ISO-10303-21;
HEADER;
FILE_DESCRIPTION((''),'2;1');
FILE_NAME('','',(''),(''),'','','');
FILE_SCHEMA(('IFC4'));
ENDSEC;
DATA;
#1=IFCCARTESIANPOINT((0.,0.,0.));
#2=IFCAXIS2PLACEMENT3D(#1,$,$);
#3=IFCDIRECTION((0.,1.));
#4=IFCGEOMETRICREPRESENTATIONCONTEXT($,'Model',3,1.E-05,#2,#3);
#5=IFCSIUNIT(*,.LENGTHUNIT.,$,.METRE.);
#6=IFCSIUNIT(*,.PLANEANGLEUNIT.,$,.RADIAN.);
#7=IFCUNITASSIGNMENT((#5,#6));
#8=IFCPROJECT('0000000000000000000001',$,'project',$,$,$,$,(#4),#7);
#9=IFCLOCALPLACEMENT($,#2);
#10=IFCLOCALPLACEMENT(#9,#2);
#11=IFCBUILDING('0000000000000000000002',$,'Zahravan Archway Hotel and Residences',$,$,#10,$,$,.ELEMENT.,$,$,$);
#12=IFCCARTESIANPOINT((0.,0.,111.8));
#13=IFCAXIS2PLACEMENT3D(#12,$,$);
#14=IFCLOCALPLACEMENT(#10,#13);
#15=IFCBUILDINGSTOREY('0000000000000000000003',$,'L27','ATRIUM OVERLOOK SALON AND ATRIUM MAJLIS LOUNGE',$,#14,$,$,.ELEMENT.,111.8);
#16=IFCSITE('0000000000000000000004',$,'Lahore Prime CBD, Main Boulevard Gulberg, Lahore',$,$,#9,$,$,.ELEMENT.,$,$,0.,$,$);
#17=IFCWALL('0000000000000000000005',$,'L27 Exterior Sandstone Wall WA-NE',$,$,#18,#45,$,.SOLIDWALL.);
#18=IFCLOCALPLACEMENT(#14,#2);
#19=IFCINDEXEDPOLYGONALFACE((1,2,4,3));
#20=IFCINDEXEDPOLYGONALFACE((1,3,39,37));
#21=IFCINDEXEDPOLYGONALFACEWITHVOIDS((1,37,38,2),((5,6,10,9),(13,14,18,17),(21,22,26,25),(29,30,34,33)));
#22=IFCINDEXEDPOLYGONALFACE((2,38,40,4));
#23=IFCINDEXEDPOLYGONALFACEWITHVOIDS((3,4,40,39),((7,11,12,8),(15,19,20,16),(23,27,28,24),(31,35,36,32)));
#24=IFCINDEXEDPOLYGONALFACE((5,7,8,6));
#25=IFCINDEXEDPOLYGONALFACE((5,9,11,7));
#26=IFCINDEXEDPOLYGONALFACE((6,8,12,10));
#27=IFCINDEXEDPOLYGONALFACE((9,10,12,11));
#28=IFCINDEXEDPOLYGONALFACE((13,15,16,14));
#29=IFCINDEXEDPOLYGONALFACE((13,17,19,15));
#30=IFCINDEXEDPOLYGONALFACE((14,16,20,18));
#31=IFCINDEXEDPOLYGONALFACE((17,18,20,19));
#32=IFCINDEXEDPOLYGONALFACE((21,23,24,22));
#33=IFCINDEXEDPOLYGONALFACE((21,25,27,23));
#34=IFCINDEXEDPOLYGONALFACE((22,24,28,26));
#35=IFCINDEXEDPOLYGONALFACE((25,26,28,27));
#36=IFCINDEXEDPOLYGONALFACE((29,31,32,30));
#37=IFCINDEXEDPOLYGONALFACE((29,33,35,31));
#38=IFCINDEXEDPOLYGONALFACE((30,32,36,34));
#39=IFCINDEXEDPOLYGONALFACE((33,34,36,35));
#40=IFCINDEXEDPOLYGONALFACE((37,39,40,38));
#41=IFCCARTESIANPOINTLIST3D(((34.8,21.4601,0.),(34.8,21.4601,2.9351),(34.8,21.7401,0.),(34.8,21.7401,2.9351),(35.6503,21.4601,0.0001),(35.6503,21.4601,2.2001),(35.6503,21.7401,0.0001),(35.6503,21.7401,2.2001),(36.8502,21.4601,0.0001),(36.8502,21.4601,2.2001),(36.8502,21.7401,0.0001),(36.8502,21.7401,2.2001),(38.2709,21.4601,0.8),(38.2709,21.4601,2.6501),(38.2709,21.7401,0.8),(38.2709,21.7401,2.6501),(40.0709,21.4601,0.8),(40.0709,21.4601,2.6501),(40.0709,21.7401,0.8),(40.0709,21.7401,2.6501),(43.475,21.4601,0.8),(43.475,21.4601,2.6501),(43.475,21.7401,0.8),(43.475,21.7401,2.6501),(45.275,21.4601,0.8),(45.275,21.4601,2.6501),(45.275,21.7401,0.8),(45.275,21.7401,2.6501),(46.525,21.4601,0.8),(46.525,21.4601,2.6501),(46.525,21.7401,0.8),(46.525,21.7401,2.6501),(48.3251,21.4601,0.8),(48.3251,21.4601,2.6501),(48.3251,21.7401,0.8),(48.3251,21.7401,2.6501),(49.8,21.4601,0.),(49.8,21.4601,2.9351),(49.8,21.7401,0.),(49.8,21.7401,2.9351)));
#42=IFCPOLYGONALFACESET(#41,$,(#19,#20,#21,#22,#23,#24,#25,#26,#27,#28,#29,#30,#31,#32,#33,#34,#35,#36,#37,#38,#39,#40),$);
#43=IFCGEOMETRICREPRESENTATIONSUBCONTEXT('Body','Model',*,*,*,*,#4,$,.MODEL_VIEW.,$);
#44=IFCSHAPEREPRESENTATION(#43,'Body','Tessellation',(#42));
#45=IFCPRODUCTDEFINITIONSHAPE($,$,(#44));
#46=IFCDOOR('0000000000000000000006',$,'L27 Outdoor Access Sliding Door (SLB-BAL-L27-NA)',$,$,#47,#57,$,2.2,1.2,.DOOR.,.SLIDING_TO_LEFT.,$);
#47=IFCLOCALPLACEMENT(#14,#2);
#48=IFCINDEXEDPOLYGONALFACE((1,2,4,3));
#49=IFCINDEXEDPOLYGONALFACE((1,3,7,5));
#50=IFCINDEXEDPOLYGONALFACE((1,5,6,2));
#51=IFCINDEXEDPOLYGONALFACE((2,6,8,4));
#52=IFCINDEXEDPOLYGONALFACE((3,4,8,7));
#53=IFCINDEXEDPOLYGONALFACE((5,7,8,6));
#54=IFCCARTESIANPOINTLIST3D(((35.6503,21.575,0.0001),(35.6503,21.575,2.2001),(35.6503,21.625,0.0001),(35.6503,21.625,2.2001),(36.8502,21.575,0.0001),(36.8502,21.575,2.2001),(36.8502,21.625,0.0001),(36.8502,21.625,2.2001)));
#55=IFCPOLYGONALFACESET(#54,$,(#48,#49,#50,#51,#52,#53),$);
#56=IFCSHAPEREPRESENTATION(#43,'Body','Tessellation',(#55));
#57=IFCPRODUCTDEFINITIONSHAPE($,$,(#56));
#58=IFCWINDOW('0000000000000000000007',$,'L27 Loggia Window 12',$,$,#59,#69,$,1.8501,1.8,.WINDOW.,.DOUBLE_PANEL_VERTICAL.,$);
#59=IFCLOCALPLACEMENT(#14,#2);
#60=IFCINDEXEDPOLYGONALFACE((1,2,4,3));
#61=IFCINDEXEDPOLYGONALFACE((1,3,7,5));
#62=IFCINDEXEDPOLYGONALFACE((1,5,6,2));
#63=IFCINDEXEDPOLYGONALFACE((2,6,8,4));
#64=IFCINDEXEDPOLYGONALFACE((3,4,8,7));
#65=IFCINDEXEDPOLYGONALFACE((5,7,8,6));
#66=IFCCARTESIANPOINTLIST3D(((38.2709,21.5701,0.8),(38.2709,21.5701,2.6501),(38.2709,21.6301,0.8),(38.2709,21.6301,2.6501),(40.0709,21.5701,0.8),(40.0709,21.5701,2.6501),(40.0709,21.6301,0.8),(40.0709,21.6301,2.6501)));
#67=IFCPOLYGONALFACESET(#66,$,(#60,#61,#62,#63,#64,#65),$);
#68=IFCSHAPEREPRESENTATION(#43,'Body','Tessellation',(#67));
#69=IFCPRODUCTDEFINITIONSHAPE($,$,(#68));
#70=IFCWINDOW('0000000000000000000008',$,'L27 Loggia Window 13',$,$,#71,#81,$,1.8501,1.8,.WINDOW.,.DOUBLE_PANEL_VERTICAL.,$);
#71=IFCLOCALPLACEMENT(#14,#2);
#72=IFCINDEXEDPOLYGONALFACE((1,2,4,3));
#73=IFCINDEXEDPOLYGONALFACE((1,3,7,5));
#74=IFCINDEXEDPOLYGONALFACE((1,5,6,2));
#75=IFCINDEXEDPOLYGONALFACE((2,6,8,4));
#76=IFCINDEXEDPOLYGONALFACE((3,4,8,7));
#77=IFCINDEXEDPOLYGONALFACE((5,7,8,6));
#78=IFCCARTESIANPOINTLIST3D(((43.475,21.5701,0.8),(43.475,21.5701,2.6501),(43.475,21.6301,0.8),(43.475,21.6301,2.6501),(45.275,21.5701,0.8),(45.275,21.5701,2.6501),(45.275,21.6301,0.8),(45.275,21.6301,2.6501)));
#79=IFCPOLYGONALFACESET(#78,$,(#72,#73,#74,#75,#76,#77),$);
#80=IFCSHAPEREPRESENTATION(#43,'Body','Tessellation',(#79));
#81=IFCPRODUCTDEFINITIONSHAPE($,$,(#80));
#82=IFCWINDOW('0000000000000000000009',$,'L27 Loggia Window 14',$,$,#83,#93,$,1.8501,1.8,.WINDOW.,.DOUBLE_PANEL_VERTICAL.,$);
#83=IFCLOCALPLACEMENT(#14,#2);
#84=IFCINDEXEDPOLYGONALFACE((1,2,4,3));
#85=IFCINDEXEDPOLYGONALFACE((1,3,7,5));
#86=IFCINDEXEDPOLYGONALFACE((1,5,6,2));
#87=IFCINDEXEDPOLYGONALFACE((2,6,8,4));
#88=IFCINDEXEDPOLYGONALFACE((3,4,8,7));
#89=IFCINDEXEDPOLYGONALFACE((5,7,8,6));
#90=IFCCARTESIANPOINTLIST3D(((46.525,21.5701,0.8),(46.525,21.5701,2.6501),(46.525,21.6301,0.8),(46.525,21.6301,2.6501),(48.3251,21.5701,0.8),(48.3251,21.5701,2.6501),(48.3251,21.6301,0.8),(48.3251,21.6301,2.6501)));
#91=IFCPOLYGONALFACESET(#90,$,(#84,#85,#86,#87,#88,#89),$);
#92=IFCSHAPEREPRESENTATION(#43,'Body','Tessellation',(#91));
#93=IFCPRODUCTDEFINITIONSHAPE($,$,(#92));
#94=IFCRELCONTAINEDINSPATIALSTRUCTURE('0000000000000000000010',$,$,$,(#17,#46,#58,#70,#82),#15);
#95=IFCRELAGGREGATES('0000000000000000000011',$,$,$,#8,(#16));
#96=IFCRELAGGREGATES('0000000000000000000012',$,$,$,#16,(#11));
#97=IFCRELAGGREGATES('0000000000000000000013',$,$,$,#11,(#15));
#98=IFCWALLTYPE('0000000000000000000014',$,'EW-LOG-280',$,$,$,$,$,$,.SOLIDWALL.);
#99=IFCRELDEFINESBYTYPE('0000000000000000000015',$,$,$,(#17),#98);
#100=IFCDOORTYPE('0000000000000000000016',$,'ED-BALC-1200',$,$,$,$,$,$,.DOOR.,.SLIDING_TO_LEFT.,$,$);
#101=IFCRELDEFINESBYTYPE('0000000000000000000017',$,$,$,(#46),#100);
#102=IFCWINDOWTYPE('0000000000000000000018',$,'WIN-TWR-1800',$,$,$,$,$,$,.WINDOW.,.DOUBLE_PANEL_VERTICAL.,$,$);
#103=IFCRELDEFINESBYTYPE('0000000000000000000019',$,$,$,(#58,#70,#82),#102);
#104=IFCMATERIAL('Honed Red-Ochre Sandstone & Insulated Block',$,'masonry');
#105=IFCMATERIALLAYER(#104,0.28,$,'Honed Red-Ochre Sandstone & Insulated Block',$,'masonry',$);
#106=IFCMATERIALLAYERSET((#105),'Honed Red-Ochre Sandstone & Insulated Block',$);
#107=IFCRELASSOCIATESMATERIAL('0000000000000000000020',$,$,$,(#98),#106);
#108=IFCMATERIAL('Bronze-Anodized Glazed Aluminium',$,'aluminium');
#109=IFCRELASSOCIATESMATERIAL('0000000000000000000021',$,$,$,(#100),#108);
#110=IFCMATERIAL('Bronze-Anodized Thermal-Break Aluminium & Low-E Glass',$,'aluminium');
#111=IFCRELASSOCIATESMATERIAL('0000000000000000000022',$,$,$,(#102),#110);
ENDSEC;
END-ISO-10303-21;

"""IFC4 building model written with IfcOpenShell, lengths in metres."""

from ifc_helpers import new_model, si_unit, direction, frame, frame_2d, origin, place, context, subcontext, project, spatial, rectangle, extrude, source, transform, mapped, material, layer, layer_set, type_object, type_shapes, element, fill, save


model = new_model("IFC4")

# Units and contexts
model_context = context("Model", 3, precision=1e-05, world=origin(), true_north=direction((0.0, 1.0)))
body_context = subcontext(model_context, "Body", "Model", "MODEL_VIEW")
ifc_project = project(units=[si_unit("LENGTHUNIT", "METRE"), si_unit("PLANEANGLEUNIT", "RADIAN")], contexts=[model_context])

# Site, building, storey
site_placement = place(None, origin())
site = spatial("IfcSite", under=ifc_project, at=site_placement, Name="Lahore Prime CBD, Main Boulevard Gulberg, Lahore", CompositionType="ELEMENT", RefElevation=0.0)
building_placement = place(site_placement, origin())
building = spatial("IfcBuilding", under=site, at=building_placement, Name="Zahravan Archway Hotel and Residences", CompositionType="ELEMENT")
storey_placement = place(building_placement, frame((0.0, 0.0, 111.8)))
storey = spatial("IfcBuildingStorey", under=building, at=storey_placement, Name="L27", Description="ATRIUM OVERLOOK SALON AND ATRIUM MAJLIS LOUNGE", CompositionType="ELEMENT", Elevation=111.8)

# Wall, openings, door, windows
ifc_material_1 = material(Name="Honed Red-Ochre Sandstone & Insulated Block", Category="masonry")
ifc_layer_1 = layer(ifc_material_1, 0.28, Name="Honed Red-Ochre Sandstone & Insulated Block", Category="masonry")
ifc_layer_set_1 = layer_set([ifc_layer_1], Name="Honed Red-Ochre Sandstone & Insulated Block")
wall_type_1 = type_object("IfcWallType", Name="EW-LOG-280", PredefinedType="SOLIDWALL", material=ifc_layer_set_1)
wall_1_placement = place(storey_placement, frame((34.8, 21.6001, 0.0), z_axis=(0.0, 0.0, 1.0), x_axis=(1.0, 0.0, 0.0)))
wall_1 = element("IfcWall", 1, at=wall_1_placement, inside=storey, type_object=wall_type_1, Name="L27 Exterior Sandstone Wall WA-NE", PredefinedType="SOLIDWALL", context=body_context, shape_type="SweptSolid", body=[
    extrude(rectangle(XDim=15.0, YDim=0.28, at=frame_2d((7.5, 0.0))), origin(), (0.0, 0.0, 1.0), 2.9351),
])
opening_1_placement = place(wall_1_placement, frame((0.8501, 0.0, 0.0)))
opening_1 = element("IfcOpeningElement", 2, at=opening_1_placement, cuts=wall_1, PredefinedType="OPENING", context=body_context, shape_type="SweptSolid", body=[
    extrude(rectangle(XDim=1.2, YDim=2.2, at=frame_2d((0.6001, 1.1001))), frame((0.0, 0.1499, 0.0), z_axis=(0.0, -1.0, 0.0), x_axis=(1.0, 0.0, 0.0)), (0.0, 0.0, 1.0), 0.3),
])
opening_2_placement = place(wall_1_placement, frame((3.4709, 0.0, 0.8)))
opening_2 = element("IfcOpeningElement", 3, at=opening_2_placement, cuts=wall_1, PredefinedType="OPENING", context=body_context, shape_type="SweptSolid", body=[
    extrude(rectangle(XDim=1.8, YDim=1.8501, at=frame_2d((0.8999, 0.925))), frame((0.0, 0.1499, 0.0), z_axis=(0.0, -1.0, 0.0), x_axis=(1.0, 0.0, 0.0)), (0.0, 0.0, 1.0), 0.3),
])
opening_3_placement = place(wall_1_placement, frame((8.675, 0.0, 0.8)))
opening_3 = element("IfcOpeningElement", 4, at=opening_3_placement, cuts=wall_1, PredefinedType="OPENING", context=body_context, shape_type="SweptSolid", body=[
    extrude(rectangle(XDim=1.8, YDim=1.8501, at=frame_2d((0.8999, 0.925))), frame((0.0, 0.1499, 0.0), z_axis=(0.0, -1.0, 0.0), x_axis=(1.0, 0.0, 0.0)), (0.0, 0.0, 1.0), 0.3),
])
opening_4_placement = place(wall_1_placement, frame((11.7251, 0.0, 0.8)))
opening_4 = element("IfcOpeningElement", 5, at=opening_4_placement, cuts=wall_1, PredefinedType="OPENING", context=body_context, shape_type="SweptSolid", body=[
    extrude(rectangle(XDim=1.8, YDim=1.8501, at=frame_2d((0.8999, 0.925))), frame((0.0, 0.1499, 0.0), z_axis=(0.0, -1.0, 0.0), x_axis=(1.0, 0.0, 0.0)), (0.0, 0.0, 1.0), 0.3),
])
ifc_material_2 = material(Name="Bronze-Anodized Glazed Aluminium", Category="aluminium")
door_type_1 = type_object("IfcDoorType", Name="ED-BALC-1200", OperationType="SLIDING_TO_LEFT", PredefinedType="DOOR", material=ifc_material_2)
shared_shape_1 = source(origin(), body_context, "Body", "SweptSolid", [
    extrude(rectangle(XDim=1.2, YDim=2.2, at=frame_2d((0.6001, 1.1001))), frame((0.0, 0.0249, 0.0), z_axis=(0.0, -1.0, 0.0), x_axis=(1.0, 0.0, 0.0)), (0.0, 0.0, 1.0), 0.05),
])
type_shapes(door_type_1, [shared_shape_1])
door_1_placement = place(opening_1_placement, origin())
door_1 = element("IfcDoor", 6, at=door_1_placement, inside=storey, type_object=door_type_1, Name="L27 Outdoor Access Sliding Door (SLB-BAL-L27-NA)", OperationType="SLIDING_TO_LEFT", OverallHeight=2.2, OverallWidth=1.2, PredefinedType="DOOR", context=body_context, shape_type="MappedRepresentation", body=[
    mapped(shared_shape_1, transform((0.0, 0.0, 0.0), scale=1.0)),
])
fill(opening_1, door_1)
ifc_material_3 = material(Name="Bronze-Anodized Thermal-Break Aluminium & Low-E Glass", Category="aluminium")
window_type = type_object("IfcWindowType", Name="WIN-TWR-1800", PartitioningType="DOUBLE_PANEL_VERTICAL", PredefinedType="WINDOW", material=ifc_material_3)
shared_shape_2 = source(origin(), body_context, "Body", "SweptSolid", [
    extrude(rectangle(XDim=1.8, YDim=1.8501, at=frame_2d((0.8999, 0.925))), frame((0.0, 0.03, 0.0), z_axis=(0.0, -1.0, 0.0), x_axis=(1.0, 0.0, 0.0)), (0.0, 0.0, 1.0), 0.0601),
])
type_shapes(window_type, [shared_shape_2])
window_1_placement = place(opening_2_placement, origin())
window_1 = element("IfcWindow", 7, at=window_1_placement, inside=storey, type_object=window_type, Name="L27 Loggia Window 12", OverallHeight=1.8501, OverallWidth=1.8, PartitioningType="DOUBLE_PANEL_VERTICAL", PredefinedType="WINDOW", context=body_context, shape_type="MappedRepresentation", body=[
    mapped(shared_shape_2, transform((0.0, 0.0, 0.0), scale=1.0)),
])
fill(opening_2, window_1)
window_2_placement = place(opening_3_placement, origin())
window_2 = element("IfcWindow", 8, at=window_2_placement, inside=storey, type_object=window_type, Name="L27 Loggia Window 13", OverallHeight=1.8501, OverallWidth=1.8, PartitioningType="DOUBLE_PANEL_VERTICAL", PredefinedType="WINDOW", context=body_context, shape_type="MappedRepresentation", body=[
    mapped(shared_shape_2, transform((0.0, 0.0, 0.0), scale=1.0)),
])
fill(opening_3, window_2)
window_3_placement = place(opening_4_placement, origin())
window_3 = element("IfcWindow", 9, at=window_3_placement, inside=storey, type_object=window_type, Name="L27 Loggia Window 14", OverallHeight=1.8501, OverallWidth=1.8, PartitioningType="DOUBLE_PANEL_VERTICAL", PredefinedType="WINDOW", context=body_context, shape_type="MappedRepresentation", body=[
    mapped(shared_shape_2, transform((0.0, 0.0, 0.0), scale=1.0)),
])
fill(opening_4, window_3)

save(model, "model.ifc")
